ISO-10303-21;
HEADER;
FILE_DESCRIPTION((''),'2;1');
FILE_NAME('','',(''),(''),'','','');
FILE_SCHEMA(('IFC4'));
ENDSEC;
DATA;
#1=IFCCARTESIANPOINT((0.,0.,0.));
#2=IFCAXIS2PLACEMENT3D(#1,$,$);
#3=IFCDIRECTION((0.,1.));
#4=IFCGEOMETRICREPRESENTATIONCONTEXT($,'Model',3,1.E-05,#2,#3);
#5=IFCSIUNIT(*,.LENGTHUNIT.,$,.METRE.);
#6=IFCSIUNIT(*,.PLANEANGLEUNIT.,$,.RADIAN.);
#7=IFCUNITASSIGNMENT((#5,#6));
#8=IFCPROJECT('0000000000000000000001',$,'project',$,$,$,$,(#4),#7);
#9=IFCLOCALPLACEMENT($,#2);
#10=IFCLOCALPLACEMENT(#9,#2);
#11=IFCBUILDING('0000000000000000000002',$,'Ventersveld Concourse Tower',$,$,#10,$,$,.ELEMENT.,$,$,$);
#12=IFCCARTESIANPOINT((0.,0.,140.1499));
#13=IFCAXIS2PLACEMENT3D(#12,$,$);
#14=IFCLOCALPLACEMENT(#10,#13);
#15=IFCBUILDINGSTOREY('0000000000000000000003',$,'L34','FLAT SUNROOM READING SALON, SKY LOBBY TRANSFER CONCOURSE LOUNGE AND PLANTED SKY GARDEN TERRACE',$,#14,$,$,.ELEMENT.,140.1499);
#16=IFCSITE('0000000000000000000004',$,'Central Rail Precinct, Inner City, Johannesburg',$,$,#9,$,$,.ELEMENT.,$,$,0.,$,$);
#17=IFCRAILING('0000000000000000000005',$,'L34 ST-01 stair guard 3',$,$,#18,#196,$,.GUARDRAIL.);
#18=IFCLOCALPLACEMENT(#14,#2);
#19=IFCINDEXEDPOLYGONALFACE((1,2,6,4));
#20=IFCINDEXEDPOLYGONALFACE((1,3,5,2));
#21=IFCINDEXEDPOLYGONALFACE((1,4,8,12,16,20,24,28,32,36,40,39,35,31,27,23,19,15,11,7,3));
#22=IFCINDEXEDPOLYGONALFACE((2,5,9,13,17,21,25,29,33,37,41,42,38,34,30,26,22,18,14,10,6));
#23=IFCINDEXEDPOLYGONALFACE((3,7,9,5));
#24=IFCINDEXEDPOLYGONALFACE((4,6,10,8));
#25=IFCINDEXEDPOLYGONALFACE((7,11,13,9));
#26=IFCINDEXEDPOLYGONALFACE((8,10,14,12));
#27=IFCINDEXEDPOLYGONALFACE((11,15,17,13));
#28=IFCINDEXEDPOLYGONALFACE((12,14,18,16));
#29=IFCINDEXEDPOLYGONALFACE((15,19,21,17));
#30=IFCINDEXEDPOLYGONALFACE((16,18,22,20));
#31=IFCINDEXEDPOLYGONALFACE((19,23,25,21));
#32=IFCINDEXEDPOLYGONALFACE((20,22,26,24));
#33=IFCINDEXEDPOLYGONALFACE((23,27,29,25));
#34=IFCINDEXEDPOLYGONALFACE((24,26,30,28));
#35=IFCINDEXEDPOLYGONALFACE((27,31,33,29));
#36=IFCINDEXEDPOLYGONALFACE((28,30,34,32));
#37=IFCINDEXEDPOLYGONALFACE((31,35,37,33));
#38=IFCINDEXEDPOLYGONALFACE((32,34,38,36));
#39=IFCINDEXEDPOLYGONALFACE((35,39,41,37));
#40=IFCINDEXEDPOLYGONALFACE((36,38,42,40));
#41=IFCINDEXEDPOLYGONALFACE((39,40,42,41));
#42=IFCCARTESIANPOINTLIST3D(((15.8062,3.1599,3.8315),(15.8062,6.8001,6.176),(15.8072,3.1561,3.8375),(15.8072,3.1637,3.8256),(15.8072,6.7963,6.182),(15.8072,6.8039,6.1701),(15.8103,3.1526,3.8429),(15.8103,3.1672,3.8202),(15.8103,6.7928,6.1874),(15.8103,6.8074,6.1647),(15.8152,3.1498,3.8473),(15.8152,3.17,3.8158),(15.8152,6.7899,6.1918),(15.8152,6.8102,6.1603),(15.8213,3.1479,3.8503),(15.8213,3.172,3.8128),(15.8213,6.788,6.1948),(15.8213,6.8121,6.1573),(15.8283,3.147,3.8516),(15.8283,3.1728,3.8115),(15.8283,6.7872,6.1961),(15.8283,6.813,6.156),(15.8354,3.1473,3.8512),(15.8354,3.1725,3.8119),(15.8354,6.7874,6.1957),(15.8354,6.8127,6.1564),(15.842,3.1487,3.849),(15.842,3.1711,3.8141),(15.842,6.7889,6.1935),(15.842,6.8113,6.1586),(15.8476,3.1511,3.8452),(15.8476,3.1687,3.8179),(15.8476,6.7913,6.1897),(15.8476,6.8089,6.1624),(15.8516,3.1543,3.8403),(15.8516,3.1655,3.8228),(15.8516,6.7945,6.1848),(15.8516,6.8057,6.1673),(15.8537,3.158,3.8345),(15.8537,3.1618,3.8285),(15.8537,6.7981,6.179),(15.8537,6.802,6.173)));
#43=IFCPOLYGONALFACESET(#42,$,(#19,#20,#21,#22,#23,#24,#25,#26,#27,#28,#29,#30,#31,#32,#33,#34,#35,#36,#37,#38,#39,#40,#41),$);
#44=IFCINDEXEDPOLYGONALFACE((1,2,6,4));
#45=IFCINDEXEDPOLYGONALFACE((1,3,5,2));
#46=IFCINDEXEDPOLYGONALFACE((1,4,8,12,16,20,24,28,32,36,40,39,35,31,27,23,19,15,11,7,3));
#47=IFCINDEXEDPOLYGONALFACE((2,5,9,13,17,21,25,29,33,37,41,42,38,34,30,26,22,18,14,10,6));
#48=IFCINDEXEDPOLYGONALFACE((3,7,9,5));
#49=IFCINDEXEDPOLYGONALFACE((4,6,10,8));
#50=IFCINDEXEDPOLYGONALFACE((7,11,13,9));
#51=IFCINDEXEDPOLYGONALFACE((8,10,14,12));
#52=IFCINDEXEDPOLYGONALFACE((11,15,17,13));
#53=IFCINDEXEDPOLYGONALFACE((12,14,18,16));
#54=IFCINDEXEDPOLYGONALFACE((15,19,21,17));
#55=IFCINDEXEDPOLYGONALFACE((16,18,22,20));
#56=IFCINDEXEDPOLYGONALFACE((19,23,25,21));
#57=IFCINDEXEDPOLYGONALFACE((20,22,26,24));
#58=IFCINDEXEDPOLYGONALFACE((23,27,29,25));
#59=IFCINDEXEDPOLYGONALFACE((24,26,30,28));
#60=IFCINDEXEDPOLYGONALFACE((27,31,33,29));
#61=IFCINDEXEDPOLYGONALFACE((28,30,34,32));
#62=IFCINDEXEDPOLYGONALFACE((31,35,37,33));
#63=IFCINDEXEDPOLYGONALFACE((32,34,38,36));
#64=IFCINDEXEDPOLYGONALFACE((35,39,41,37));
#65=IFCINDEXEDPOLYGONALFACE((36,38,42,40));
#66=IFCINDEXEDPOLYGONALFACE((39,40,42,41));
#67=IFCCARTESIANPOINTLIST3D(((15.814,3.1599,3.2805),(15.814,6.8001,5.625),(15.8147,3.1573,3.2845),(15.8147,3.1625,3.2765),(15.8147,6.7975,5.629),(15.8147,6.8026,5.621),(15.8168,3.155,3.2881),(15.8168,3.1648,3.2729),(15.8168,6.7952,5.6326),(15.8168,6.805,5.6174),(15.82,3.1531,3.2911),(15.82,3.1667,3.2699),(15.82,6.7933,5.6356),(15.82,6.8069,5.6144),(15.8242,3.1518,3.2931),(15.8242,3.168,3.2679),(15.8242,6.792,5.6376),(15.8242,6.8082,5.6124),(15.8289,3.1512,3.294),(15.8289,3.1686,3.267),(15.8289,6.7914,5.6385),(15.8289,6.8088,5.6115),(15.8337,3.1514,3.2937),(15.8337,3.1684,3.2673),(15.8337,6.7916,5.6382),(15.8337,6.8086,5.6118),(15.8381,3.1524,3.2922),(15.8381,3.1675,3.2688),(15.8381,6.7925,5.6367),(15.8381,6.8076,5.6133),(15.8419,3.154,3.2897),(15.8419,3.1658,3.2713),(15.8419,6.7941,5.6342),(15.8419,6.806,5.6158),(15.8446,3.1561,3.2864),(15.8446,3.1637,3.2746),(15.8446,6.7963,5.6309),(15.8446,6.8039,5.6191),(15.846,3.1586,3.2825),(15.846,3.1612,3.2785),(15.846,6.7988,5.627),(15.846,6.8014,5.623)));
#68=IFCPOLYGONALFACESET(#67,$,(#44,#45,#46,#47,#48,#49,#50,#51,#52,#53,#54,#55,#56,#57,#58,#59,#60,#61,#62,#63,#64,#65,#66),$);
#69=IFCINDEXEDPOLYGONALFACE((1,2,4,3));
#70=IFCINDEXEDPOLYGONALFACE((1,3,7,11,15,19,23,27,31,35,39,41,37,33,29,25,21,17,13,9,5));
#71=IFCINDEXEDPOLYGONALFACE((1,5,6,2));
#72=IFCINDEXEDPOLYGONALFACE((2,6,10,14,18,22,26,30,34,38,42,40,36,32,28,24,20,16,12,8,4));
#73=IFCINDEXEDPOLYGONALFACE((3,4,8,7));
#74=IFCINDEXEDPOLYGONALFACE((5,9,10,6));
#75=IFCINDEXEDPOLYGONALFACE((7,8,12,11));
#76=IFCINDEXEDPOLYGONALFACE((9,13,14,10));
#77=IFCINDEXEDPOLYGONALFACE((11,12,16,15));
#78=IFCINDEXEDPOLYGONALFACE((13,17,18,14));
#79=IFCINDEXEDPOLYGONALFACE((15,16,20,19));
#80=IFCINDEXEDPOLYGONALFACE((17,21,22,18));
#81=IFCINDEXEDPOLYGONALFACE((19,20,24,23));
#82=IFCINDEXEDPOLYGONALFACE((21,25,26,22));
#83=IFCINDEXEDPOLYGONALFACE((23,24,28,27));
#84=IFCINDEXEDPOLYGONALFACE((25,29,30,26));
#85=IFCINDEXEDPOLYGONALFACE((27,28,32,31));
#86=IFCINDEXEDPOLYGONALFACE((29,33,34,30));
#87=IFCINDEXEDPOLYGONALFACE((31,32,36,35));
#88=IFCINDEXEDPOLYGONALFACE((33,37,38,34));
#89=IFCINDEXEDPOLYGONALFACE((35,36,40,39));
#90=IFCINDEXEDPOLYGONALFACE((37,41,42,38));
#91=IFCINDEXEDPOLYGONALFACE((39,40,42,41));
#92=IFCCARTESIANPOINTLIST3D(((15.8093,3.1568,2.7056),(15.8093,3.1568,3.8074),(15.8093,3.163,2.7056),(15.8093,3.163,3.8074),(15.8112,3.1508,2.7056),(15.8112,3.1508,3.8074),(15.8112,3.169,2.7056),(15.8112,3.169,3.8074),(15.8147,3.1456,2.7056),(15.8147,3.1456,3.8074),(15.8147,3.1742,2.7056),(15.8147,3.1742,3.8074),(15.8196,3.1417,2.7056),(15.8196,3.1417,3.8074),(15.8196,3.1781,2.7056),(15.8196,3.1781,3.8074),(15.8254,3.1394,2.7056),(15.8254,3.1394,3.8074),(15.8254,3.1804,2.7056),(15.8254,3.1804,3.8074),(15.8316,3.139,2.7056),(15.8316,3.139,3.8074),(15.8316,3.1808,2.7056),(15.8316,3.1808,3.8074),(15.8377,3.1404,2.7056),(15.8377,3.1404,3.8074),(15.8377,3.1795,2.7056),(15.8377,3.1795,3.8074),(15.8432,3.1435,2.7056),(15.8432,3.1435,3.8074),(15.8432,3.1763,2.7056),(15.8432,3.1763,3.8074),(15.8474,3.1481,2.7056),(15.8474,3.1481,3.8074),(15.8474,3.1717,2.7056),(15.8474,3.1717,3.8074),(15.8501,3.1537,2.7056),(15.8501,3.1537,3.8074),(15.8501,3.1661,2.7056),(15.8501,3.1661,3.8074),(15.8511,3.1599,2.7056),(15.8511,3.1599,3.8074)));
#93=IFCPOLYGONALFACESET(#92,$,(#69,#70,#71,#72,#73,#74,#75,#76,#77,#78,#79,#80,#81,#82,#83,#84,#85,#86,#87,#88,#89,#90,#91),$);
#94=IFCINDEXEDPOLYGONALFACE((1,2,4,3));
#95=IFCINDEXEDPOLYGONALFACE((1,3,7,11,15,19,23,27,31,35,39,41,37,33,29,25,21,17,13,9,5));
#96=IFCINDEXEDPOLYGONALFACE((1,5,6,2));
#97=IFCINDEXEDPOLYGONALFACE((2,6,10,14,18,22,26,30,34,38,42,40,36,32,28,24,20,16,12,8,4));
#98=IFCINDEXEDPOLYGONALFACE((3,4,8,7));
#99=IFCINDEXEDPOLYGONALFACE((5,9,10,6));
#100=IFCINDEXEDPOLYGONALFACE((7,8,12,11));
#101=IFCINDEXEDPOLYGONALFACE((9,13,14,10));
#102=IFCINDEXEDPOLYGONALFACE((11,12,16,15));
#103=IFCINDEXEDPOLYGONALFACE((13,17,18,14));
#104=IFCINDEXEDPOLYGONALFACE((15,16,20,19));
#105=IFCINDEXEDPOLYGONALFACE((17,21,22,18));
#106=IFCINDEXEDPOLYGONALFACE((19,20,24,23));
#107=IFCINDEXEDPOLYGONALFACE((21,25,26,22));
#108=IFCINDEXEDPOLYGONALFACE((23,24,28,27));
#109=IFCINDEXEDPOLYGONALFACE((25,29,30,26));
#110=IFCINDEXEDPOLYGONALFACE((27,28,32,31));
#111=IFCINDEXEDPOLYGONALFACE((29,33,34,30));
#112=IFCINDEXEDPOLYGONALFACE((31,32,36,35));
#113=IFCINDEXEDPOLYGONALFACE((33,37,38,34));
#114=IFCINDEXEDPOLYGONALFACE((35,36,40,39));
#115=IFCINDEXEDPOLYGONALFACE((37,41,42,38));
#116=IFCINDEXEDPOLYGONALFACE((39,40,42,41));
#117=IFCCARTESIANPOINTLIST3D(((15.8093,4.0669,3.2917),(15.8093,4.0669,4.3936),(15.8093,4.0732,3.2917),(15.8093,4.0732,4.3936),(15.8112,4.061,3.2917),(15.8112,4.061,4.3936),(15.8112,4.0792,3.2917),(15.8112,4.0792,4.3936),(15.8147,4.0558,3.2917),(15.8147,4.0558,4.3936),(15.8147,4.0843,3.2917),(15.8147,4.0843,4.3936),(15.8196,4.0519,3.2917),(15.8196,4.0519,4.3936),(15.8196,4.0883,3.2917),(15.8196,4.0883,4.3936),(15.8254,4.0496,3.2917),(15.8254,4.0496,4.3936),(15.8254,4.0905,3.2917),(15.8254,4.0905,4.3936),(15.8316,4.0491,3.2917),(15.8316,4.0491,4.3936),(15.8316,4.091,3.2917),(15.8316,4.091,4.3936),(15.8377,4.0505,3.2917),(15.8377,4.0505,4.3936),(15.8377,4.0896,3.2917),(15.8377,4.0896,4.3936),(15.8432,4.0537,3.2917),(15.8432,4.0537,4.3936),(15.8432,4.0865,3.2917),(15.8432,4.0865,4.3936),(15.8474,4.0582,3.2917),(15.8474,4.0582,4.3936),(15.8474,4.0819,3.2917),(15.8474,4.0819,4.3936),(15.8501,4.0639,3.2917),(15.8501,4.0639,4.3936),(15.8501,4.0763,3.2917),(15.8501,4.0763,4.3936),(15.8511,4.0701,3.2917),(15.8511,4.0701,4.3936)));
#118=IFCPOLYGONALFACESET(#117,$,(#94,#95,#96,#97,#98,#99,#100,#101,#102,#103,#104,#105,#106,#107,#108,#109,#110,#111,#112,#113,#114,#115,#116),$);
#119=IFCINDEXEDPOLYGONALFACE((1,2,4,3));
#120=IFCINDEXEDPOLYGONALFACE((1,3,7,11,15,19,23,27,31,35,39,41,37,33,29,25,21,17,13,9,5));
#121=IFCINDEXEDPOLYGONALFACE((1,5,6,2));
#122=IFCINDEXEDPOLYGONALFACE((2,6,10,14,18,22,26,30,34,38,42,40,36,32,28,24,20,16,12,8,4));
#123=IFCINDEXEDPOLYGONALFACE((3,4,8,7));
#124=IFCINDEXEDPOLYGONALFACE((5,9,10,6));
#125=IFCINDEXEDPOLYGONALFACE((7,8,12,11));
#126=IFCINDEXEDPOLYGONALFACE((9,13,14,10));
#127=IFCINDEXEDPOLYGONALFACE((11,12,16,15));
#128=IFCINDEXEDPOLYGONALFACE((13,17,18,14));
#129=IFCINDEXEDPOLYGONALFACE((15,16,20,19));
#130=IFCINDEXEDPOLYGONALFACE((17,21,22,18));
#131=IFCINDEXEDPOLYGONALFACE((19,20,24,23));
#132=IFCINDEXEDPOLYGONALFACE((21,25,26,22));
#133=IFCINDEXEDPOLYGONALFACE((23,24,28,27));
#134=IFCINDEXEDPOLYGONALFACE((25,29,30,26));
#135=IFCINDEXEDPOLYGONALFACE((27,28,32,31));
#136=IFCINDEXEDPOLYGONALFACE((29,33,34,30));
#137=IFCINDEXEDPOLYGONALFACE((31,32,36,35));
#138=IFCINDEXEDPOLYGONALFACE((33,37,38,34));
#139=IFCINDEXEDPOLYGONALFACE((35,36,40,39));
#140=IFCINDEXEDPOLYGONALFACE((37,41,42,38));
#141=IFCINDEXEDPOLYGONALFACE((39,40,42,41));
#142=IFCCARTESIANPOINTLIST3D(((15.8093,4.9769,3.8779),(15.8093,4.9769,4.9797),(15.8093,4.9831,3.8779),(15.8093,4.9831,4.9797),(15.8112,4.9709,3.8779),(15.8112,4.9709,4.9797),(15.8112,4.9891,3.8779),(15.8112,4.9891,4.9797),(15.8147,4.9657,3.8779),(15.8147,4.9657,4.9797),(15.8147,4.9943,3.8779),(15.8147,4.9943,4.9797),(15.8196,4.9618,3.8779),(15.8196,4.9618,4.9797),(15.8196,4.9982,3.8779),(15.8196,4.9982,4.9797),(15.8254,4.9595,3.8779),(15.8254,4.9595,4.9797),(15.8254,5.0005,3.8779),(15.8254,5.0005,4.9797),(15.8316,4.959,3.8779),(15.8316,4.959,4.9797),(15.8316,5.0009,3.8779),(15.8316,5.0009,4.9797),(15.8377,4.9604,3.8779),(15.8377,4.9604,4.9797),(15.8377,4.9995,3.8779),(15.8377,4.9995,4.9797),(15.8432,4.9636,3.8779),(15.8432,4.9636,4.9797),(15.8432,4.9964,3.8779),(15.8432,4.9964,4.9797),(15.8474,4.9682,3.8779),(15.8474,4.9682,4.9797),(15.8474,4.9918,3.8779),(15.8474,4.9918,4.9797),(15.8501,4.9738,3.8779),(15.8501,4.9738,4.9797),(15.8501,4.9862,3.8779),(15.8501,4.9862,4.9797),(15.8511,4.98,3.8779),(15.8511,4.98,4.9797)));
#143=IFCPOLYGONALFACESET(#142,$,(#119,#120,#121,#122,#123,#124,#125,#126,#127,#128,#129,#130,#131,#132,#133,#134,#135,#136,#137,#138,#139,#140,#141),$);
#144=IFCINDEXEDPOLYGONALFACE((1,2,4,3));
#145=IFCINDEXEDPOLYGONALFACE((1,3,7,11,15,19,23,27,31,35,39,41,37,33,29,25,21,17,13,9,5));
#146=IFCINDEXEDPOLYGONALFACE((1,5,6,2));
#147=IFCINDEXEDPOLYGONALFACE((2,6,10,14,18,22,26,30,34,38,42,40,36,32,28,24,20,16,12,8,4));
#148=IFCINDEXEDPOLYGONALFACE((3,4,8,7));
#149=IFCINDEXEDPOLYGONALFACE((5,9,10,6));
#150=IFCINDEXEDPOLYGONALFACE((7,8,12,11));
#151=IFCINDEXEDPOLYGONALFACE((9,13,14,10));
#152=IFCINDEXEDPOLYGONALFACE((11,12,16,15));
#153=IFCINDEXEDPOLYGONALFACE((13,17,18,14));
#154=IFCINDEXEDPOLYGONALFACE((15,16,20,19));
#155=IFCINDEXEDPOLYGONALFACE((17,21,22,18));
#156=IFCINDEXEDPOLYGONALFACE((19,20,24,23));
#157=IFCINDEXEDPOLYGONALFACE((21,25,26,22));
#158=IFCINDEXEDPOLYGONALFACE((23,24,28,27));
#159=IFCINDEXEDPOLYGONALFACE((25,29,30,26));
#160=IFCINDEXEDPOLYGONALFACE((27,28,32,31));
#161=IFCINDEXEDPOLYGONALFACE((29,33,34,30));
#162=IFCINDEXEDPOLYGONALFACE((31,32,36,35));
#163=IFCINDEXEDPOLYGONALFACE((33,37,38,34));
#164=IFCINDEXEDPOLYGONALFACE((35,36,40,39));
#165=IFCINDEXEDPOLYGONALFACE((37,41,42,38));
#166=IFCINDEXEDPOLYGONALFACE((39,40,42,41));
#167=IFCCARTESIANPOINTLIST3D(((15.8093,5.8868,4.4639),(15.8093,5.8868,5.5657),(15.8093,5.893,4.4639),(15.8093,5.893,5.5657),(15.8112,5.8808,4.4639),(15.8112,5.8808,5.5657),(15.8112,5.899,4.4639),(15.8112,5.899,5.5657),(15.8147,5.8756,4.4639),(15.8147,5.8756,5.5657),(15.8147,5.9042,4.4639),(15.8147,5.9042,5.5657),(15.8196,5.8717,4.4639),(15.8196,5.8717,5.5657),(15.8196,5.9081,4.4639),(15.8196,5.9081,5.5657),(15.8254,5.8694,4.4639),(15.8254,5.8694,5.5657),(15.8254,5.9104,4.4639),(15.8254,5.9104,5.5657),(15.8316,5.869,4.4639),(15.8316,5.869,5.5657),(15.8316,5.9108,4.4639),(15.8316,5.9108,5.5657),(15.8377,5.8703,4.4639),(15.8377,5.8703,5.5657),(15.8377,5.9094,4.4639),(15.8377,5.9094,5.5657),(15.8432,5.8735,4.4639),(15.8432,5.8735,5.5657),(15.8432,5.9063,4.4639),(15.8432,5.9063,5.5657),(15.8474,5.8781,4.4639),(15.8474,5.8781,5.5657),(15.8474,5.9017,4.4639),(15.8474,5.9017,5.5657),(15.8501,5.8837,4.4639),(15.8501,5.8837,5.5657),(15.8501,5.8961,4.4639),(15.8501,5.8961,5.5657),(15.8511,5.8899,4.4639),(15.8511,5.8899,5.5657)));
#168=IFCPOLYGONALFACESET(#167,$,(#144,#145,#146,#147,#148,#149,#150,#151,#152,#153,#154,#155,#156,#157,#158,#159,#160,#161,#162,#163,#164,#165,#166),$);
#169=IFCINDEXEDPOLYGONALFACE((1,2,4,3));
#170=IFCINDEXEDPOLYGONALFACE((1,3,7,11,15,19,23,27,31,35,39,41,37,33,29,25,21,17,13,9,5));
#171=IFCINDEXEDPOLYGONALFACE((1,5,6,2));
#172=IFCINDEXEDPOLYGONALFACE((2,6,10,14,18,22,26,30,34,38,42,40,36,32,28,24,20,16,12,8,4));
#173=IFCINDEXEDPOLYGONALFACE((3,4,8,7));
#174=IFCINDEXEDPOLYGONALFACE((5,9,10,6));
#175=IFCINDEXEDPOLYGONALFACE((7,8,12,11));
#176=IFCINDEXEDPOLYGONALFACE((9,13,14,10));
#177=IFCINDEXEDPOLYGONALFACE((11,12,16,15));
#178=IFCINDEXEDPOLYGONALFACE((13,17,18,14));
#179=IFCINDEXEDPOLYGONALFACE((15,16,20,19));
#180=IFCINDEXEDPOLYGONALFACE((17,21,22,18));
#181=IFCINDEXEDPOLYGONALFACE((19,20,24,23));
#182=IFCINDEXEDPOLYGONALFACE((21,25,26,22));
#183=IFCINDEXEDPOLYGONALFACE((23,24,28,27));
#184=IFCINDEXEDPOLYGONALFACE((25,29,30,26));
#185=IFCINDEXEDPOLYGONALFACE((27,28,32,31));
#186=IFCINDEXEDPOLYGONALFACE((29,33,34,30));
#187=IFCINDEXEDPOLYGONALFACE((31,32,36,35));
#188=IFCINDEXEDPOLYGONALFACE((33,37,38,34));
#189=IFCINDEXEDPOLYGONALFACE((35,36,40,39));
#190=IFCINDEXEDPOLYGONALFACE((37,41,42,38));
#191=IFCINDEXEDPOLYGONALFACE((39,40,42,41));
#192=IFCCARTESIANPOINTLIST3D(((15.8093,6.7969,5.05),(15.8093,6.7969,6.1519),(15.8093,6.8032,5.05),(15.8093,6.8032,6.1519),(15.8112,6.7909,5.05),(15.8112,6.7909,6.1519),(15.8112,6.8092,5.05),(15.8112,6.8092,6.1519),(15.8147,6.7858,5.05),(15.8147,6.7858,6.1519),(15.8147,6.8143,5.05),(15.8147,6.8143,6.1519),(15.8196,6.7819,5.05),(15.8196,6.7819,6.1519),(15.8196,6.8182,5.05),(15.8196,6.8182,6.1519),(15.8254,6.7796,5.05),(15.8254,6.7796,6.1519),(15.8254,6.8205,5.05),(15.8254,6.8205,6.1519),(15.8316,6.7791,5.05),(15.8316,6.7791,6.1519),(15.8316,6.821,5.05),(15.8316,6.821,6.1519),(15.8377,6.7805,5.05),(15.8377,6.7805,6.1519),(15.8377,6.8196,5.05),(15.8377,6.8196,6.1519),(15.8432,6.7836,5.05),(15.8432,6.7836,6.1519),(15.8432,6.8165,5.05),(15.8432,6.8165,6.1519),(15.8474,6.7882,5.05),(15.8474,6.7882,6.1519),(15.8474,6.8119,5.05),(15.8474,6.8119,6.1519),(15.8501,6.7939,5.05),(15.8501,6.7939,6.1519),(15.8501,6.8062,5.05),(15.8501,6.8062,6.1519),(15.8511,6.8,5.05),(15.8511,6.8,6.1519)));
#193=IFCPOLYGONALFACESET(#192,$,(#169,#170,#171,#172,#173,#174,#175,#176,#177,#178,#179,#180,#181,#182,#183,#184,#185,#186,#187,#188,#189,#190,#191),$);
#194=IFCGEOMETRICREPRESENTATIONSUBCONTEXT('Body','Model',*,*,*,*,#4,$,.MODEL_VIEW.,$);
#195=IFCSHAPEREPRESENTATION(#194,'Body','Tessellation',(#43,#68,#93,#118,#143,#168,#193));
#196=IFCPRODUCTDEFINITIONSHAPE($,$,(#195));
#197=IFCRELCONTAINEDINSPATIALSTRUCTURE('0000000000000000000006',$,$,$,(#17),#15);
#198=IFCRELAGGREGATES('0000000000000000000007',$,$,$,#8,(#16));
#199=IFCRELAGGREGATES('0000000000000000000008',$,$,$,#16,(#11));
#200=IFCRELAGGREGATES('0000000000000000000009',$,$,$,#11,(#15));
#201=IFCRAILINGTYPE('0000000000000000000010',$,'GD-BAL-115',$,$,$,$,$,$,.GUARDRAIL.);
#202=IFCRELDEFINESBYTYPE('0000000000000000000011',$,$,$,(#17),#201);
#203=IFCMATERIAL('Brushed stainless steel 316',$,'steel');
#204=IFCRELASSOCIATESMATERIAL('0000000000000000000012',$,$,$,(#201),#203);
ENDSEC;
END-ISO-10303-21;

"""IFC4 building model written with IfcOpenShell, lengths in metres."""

from ifc_helpers import new_model, si_unit, direction, frame, origin, origin_2d, place, context, subcontext, project, spatial, circle, extrude, material, type_object, element, save


model = new_model("IFC4")

# Units and contexts
model_context = context("Model", 3, precision=1e-05, world=origin(), true_north=direction((0.0, 1.0)))
body_context = subcontext(model_context, "Body", "Model", "MODEL_VIEW")
ifc_project = project(units=[si_unit("LENGTHUNIT", "METRE"), si_unit("PLANEANGLEUNIT", "RADIAN")], contexts=[model_context])

# Site, building, storey
site_placement = place(None, origin())
site = spatial("IfcSite", under=ifc_project, at=site_placement, Name="Central Rail Precinct, Inner City, Johannesburg", CompositionType="ELEMENT", RefElevation=0.0)
building_placement = place(site_placement, origin())
building = spatial("IfcBuilding", under=site, at=building_placement, Name="Ventersveld Concourse Tower", CompositionType="ELEMENT")
storey_placement = place(building_placement, frame((0.0, 0.0, 140.1499)))
storey = spatial("IfcBuildingStorey", under=building, at=storey_placement, Name="L34", Description="FLAT SUNROOM READING SALON, SKY LOBBY TRANSFER CONCOURSE LOUNGE AND PLANTED SKY GARDEN TERRACE", CompositionType="ELEMENT", Elevation=140.1499)

# Railing
ifc_material_1 = material(Name="Brushed stainless steel 316", Category="steel")
railing_type_1 = type_object("IfcRailingType", Name="GD-BAL-115", PredefinedType="GUARDRAIL", material=ifc_material_1)
railing_1_placement = place(storey_placement, frame((15.8301, 3.1599, 2.7056)))
element("IfcRailing", 1, at=railing_1_placement, inside=storey, type_object=railing_type_1, Name="L34 ST-01 stair guard 3", PredefinedType="GUARDRAIL", context=body_context, shape_type="SweptSolid", body=[
    extrude(circle(Radius=0.0239, at=origin_2d()), frame((0.0, 0.0, 1.126), z_axis=(0.0, 0.840716, 0.541476), x_axis=(-1.0, 0.0, 0.0)), (0.0, 0.0, 1.0), 4.3298),
    extrude(circle(Radius=0.0161, at=origin_2d()), frame((0.0, 0.0, 0.575), z_axis=(0.0, 0.840716, 0.541476), x_axis=(-1.0, 0.0, 0.0)), (0.0, 0.0, 1.0), 4.3298),
    extrude(circle(Radius=0.021, at=origin_2d()), origin(), (0.0, 0.0, 1.0), 1.1018),
    extrude(circle(Radius=0.021, at=origin_2d()), frame((0.0, 0.9102, 0.5862)), (0.0, 0.0, 1.0), 1.1018),
    extrude(circle(Radius=0.021, at=origin_2d()), frame((0.0, 1.8201, 1.1724)), (0.0, 0.0, 1.0), 1.1018),
    extrude(circle(Radius=0.021, at=origin_2d()), frame((0.0, 2.73, 1.7583)), (0.0, 0.0, 1.0), 1.1018),
    extrude(circle(Radius=0.021, at=origin_2d()), frame((0.0, 3.6401, 2.3445)), (0.0, 0.0, 1.0), 1.1018),
])

save(model, "model.ifc")
